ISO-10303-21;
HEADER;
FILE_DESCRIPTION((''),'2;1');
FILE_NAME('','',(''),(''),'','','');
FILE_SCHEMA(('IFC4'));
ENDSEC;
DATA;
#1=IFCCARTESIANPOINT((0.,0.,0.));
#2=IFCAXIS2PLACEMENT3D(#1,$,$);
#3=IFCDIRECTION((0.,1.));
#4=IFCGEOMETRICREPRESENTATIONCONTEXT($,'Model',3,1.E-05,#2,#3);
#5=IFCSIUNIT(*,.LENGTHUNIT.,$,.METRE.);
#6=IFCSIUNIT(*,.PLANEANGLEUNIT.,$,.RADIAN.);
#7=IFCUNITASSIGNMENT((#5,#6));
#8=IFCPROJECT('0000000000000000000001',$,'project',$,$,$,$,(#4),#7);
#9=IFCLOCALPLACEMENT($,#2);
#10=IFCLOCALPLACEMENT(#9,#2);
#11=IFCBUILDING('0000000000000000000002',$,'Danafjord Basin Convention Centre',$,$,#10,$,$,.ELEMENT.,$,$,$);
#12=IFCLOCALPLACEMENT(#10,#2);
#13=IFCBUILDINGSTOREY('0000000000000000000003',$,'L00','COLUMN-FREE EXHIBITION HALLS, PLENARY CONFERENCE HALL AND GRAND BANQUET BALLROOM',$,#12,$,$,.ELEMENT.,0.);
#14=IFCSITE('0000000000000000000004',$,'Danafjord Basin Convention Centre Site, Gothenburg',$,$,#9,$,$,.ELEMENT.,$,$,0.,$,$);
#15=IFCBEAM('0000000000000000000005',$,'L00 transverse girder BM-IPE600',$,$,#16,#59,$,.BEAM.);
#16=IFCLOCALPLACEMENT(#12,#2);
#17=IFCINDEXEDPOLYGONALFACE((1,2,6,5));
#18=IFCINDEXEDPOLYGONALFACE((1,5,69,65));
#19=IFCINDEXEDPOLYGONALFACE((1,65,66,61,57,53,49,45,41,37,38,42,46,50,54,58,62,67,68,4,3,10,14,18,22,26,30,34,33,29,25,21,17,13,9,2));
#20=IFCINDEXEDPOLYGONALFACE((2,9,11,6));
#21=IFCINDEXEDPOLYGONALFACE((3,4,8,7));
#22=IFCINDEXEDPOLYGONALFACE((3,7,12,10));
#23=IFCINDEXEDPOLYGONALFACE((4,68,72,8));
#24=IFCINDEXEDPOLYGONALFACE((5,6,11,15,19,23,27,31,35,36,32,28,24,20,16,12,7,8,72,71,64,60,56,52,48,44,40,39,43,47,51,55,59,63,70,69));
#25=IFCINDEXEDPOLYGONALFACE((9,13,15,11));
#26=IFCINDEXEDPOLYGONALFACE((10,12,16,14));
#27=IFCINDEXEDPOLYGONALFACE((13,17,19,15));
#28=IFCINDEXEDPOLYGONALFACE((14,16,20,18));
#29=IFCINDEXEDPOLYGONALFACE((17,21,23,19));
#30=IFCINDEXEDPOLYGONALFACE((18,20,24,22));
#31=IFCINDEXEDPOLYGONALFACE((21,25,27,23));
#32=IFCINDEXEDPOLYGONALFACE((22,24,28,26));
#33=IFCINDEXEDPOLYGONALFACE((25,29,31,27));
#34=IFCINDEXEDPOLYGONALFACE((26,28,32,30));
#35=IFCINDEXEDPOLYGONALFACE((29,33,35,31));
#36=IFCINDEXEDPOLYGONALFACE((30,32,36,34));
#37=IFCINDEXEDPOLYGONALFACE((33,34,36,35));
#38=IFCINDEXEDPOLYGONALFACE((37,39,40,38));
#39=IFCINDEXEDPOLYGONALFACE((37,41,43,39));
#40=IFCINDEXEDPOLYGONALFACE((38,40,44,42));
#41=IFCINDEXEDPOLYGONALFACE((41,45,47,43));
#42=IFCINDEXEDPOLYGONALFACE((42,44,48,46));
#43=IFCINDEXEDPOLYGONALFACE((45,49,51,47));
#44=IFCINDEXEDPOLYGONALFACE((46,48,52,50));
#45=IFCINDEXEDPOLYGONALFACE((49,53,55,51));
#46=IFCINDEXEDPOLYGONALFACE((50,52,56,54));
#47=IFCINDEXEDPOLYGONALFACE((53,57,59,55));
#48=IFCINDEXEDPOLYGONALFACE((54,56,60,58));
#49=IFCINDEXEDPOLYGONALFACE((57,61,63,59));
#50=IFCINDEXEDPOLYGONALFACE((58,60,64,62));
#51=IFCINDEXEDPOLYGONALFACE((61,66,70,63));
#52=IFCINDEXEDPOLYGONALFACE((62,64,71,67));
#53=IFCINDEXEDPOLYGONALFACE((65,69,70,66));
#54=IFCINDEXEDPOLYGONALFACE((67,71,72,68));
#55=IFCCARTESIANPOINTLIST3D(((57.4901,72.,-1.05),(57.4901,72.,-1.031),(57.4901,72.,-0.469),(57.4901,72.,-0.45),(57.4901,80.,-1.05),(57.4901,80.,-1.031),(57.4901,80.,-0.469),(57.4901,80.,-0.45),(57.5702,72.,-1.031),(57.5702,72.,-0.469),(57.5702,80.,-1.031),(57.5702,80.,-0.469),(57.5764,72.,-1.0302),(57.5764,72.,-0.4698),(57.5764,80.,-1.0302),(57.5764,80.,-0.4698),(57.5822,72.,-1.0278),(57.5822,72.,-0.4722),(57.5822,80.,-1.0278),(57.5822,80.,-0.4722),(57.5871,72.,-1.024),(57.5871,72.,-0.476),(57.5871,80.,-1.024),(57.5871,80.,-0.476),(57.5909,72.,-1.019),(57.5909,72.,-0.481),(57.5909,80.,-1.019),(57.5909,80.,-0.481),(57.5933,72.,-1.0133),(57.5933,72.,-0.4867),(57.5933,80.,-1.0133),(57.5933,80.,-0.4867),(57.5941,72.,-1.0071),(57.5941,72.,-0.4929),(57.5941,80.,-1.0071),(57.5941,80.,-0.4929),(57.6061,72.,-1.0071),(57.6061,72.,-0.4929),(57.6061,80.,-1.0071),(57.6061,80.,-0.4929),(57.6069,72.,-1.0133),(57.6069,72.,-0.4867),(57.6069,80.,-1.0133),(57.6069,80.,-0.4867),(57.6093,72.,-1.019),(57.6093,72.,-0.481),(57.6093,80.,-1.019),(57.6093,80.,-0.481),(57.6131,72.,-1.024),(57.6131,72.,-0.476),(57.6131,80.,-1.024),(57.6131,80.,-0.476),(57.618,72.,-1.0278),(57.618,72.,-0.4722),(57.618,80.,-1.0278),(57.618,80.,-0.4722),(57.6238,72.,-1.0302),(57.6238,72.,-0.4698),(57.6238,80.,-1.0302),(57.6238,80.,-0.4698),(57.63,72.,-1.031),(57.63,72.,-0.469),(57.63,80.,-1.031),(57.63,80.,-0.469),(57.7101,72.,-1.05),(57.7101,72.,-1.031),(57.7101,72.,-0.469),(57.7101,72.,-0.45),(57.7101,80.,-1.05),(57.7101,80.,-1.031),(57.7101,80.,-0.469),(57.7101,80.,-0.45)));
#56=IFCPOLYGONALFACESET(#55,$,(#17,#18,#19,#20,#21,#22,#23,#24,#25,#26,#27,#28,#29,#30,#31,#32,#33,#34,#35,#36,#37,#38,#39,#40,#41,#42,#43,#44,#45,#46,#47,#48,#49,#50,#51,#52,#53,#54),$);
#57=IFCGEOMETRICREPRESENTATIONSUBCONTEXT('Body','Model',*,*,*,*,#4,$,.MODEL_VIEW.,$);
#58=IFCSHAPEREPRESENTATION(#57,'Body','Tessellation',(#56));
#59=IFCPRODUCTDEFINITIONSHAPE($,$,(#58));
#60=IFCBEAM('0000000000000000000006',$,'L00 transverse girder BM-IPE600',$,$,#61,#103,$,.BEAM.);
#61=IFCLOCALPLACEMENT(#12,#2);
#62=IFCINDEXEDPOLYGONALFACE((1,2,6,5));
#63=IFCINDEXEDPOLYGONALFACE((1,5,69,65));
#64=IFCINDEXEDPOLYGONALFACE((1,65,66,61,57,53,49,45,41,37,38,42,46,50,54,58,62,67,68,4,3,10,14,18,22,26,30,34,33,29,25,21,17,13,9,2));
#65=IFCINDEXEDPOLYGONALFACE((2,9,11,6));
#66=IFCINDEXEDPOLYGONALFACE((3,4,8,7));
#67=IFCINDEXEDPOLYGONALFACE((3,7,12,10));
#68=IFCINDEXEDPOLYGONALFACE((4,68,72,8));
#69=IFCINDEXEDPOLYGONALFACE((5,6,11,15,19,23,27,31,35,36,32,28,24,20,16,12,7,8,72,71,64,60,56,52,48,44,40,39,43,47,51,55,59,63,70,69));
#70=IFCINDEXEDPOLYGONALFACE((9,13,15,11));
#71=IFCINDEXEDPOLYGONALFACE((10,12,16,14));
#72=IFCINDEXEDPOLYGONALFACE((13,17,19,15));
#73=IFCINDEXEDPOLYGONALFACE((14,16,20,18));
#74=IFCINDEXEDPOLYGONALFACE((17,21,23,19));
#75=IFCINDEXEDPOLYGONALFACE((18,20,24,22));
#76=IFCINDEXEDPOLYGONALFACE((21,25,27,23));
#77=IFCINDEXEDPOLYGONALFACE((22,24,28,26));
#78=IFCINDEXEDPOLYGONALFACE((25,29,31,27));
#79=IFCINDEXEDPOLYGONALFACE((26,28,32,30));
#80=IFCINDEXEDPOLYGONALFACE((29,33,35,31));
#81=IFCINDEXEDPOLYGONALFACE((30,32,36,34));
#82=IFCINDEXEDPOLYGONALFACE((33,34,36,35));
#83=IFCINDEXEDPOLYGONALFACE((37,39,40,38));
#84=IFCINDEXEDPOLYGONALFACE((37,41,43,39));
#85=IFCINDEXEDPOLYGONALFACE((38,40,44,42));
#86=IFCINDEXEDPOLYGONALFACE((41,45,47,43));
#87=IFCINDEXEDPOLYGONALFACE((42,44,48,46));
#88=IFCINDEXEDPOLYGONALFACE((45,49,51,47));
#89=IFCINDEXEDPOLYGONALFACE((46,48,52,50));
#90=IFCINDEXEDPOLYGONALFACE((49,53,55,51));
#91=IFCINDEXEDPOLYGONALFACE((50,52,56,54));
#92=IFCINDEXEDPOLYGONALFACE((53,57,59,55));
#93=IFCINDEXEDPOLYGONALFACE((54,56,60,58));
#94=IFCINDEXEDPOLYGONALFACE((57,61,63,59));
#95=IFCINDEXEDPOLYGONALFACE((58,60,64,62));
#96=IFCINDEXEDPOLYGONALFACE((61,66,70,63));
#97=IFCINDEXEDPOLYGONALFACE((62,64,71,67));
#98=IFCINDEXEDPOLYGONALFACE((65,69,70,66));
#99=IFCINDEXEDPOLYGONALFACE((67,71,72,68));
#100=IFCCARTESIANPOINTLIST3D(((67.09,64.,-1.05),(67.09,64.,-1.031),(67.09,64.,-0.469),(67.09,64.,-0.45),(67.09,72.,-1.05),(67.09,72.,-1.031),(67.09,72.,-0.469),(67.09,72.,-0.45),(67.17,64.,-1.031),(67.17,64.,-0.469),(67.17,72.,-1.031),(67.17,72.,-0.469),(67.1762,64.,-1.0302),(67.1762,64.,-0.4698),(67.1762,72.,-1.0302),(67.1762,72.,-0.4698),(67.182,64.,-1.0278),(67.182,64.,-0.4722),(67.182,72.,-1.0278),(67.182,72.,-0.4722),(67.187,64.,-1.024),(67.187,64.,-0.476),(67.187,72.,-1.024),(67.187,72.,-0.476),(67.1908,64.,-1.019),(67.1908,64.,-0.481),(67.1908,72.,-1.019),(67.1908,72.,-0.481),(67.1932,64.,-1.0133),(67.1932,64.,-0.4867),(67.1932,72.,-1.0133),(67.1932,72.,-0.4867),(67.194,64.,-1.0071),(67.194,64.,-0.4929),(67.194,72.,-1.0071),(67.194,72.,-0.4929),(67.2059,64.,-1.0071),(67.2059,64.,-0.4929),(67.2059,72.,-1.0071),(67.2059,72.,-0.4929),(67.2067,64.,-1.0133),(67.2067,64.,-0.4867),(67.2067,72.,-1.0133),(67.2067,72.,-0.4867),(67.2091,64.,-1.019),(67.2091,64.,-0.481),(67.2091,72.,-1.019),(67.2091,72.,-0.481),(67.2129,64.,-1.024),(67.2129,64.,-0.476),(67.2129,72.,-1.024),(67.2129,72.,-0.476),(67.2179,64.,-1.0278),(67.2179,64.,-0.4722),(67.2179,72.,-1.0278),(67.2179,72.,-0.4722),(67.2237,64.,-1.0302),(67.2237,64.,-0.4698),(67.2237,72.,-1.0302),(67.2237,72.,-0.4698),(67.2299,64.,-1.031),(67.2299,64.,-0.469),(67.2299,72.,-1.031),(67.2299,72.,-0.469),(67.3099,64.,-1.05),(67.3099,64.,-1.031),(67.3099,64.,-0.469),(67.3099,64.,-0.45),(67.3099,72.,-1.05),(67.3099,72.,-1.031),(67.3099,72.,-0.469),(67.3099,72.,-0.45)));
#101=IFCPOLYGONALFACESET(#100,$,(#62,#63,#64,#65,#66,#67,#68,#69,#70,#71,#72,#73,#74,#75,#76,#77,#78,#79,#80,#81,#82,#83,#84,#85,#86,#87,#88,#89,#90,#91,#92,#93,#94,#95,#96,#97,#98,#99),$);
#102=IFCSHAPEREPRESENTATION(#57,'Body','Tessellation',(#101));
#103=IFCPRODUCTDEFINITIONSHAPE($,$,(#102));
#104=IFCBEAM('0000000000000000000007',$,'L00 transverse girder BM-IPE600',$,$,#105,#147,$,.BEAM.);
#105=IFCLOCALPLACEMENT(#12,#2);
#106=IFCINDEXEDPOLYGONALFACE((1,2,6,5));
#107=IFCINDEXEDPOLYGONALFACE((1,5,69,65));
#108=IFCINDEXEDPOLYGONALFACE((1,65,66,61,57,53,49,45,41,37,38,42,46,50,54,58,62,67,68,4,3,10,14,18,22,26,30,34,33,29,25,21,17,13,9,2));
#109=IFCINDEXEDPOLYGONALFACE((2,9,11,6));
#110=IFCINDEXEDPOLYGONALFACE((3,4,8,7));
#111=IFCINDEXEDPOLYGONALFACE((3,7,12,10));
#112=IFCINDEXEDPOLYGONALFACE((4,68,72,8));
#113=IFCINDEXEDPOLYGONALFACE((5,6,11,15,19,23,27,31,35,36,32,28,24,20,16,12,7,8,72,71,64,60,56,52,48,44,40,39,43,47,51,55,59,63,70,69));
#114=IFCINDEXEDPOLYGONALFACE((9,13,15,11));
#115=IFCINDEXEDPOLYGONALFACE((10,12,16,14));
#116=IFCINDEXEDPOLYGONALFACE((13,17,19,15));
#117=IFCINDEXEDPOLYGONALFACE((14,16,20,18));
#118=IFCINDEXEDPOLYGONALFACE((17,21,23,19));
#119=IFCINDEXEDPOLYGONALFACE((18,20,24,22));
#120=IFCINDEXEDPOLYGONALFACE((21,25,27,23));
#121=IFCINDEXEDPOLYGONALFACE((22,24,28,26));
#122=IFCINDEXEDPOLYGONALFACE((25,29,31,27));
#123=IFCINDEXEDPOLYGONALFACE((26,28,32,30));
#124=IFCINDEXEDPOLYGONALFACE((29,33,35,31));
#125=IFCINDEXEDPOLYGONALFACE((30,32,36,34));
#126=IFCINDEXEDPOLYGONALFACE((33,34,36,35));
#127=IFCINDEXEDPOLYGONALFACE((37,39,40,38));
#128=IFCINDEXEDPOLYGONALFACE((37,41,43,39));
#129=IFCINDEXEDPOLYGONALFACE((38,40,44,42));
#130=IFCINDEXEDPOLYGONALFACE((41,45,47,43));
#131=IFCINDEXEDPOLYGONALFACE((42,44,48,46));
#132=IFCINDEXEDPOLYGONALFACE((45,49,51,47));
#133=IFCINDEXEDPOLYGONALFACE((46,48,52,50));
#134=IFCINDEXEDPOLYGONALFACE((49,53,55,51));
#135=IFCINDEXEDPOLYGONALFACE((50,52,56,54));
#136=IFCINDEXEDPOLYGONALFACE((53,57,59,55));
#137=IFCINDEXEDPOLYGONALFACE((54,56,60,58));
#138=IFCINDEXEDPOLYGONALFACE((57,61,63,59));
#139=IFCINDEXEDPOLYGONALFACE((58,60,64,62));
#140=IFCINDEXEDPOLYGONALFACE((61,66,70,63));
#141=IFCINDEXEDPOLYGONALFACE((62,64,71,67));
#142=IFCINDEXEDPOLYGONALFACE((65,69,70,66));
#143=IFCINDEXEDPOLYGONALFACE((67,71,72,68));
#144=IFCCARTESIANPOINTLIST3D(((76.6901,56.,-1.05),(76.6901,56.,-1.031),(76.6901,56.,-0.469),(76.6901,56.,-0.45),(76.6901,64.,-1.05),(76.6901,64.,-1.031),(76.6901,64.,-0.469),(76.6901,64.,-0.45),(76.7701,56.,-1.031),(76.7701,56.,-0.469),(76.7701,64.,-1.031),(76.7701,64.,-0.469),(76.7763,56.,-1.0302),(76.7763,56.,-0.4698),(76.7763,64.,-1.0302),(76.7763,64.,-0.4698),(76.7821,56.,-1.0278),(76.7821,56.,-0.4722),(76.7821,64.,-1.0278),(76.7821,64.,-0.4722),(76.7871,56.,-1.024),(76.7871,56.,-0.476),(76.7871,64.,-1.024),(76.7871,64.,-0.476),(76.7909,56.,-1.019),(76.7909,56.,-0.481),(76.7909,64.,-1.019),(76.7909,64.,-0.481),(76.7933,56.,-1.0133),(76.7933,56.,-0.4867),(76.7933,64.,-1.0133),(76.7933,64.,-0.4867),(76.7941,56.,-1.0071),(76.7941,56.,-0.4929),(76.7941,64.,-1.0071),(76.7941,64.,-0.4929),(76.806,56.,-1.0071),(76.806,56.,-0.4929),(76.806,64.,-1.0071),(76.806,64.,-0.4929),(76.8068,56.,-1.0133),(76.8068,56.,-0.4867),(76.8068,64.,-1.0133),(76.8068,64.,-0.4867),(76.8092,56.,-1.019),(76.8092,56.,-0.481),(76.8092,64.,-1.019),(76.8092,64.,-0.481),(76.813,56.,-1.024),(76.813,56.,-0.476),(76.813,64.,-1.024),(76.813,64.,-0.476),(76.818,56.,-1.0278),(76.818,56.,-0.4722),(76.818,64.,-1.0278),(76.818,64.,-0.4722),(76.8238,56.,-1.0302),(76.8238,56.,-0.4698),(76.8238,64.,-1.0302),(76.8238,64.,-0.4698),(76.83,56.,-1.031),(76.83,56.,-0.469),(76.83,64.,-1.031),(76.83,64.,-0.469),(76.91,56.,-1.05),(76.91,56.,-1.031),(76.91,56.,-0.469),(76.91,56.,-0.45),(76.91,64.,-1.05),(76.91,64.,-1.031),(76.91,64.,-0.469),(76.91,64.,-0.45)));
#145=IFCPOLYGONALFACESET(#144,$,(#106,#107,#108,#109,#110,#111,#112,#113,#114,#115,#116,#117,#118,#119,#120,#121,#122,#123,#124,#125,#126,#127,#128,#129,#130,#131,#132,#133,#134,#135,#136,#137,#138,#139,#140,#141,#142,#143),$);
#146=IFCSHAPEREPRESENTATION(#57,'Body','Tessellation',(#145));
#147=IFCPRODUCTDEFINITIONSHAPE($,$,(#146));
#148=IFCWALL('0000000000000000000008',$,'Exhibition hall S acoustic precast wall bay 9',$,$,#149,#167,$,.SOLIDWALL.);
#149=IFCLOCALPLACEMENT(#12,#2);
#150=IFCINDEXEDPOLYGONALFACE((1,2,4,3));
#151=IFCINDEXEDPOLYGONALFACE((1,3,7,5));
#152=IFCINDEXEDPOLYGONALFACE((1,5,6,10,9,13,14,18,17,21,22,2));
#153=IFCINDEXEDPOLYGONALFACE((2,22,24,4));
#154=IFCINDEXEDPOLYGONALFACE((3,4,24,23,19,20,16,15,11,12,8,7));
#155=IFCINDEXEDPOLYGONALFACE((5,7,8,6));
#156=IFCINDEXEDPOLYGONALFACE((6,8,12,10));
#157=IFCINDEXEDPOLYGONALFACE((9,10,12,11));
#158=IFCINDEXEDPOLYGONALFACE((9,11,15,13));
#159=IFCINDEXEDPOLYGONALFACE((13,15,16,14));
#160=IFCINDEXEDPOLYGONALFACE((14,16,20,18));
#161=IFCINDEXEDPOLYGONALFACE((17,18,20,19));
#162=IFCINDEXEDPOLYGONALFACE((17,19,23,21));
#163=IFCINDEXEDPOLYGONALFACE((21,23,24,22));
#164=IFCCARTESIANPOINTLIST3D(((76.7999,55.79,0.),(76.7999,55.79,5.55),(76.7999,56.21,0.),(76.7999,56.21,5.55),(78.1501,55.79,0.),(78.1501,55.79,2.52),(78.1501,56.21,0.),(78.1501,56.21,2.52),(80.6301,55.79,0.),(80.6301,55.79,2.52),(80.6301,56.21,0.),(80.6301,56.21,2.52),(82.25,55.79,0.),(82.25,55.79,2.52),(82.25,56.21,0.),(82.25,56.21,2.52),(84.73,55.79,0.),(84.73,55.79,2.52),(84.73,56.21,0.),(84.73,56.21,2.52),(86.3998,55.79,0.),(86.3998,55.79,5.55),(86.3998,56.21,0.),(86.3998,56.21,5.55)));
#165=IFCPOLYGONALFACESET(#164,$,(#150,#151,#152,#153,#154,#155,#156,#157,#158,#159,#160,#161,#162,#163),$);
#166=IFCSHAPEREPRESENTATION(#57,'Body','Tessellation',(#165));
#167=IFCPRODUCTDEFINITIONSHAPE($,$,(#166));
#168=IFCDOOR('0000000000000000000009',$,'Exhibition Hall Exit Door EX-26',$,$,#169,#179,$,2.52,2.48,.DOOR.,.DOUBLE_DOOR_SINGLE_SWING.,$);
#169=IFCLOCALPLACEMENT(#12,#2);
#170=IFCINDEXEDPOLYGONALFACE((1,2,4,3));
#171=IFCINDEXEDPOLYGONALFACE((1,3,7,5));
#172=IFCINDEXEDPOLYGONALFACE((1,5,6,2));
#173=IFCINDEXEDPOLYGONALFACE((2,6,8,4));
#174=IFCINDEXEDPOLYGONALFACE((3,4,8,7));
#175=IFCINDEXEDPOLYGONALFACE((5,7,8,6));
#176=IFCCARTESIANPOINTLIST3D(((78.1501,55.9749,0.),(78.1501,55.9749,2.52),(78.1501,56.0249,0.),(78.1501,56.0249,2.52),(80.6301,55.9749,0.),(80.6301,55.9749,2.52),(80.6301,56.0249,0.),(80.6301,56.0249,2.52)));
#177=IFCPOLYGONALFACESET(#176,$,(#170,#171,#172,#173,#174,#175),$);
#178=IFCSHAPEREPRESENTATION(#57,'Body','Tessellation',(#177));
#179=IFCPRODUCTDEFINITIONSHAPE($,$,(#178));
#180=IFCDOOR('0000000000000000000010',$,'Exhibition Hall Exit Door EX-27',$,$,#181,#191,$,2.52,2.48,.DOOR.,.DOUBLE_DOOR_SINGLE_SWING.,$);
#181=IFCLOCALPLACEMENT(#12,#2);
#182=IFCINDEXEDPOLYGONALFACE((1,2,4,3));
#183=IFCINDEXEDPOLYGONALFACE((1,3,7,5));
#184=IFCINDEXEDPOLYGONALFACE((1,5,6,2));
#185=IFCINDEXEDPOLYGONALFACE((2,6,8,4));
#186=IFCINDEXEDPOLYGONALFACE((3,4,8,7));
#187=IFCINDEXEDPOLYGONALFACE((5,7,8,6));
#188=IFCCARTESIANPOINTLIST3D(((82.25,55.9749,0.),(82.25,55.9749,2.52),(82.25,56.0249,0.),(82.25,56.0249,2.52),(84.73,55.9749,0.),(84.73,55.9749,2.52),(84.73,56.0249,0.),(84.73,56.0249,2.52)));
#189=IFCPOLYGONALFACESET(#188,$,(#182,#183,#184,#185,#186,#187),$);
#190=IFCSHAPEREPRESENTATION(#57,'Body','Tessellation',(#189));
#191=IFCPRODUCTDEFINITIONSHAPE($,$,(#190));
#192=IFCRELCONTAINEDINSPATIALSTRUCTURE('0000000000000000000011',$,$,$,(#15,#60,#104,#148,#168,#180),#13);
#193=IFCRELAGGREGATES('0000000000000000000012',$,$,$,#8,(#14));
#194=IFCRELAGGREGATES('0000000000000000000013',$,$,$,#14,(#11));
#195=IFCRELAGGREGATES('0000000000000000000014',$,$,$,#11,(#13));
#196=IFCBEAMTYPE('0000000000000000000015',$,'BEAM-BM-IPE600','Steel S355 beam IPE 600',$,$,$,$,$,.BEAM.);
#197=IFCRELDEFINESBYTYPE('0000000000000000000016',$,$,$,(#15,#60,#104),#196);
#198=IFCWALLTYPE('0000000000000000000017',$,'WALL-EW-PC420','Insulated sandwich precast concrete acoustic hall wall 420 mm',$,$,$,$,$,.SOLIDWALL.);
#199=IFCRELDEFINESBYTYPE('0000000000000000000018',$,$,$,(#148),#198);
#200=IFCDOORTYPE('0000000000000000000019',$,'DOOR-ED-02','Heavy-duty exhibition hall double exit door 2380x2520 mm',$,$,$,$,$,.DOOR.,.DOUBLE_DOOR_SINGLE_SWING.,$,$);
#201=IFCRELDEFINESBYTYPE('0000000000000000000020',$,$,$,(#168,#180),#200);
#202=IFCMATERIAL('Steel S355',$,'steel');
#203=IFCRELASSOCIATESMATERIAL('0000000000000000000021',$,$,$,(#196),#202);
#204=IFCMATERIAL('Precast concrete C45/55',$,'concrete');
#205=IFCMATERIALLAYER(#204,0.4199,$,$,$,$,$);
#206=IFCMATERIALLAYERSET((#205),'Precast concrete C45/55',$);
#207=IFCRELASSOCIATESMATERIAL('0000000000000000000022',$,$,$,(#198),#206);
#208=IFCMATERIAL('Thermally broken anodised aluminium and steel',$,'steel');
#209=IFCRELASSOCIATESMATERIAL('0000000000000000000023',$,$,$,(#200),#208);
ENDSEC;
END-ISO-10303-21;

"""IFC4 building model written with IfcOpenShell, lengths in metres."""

from ifc_helpers import new_model, si_unit, direction, frame, frame_2d, origin, origin_2d, place, context, subcontext, project, spatial, rectangle, i_section, extrude, material, layer, layer_set, material_profile, profile_set, type_object, element, fill, save


model = new_model("IFC4")

# Units and contexts
model_context = context("Model", 3, precision=1e-05, world=origin(), true_north=direction((0.0, 1.0)))
body_context = subcontext(model_context, "Body", "Model", "MODEL_VIEW")
ifc_project = project(units=[si_unit("LENGTHUNIT", "METRE"), si_unit("PLANEANGLEUNIT", "RADIAN")], contexts=[model_context])

# Site, building, storey
site_placement = place(None, origin())
site = spatial("IfcSite", under=ifc_project, at=site_placement, Name="Danafjord Basin Convention Centre Site, Gothenburg", CompositionType="ELEMENT", RefElevation=0.0)
building_placement = place(site_placement, origin())
building = spatial("IfcBuilding", under=site, at=building_placement, Name="Danafjord Basin Convention Centre", CompositionType="ELEMENT")
storey_placement = place(building_placement, origin())
storey = spatial("IfcBuildingStorey", under=building, at=storey_placement, Name="L00", Description="COLUMN-FREE EXHIBITION HALLS, PLENARY CONFERENCE HALL AND GRAND BANQUET BALLROOM", CompositionType="ELEMENT", Elevation=0.0)

# Beams
ifc_material_1 = material(Name="Steel S355", Category="steel")
ifc_material_profile_1 = material_profile(ifc_material_1, i_section(OverallWidth=0.22, OverallDepth=0.6001, WebThickness=0.012, FlangeThickness=0.019, FilletRadius=0.0239, at=origin_2d()), Name="IPE 600")
ifc_profile_set_1 = profile_set([ifc_material_profile_1], Name="Steel S355")
beam_type_1 = type_object("IfcBeamType", Name="BEAM-BM-IPE600", Description="Steel S355 beam IPE 600", PredefinedType="BEAM", material=ifc_profile_set_1)
for number, where, z_axis, x_axis, name in (
    (1, (57.6001, 72.0, -0.75), (0.0, 1.0, 0.0), (-1.0, 0.0, 0.0), "L00 transverse girder BM-IPE600"),
    (2, (67.2, 64.0, -0.75), (0.0, 1.0, 0.0), (-1.0, 0.0, 0.0), "L00 transverse girder BM-IPE600"),
    (3, (76.8, 56.0, -0.75), (0.0, 1.0, 0.0), (-1.0, 0.0, 0.0), "L00 transverse girder BM-IPE600"),
):
    element("IfcBeam", number, at=place(storey_placement, frame(where, z_axis=z_axis, x_axis=x_axis)), inside=storey, type_object=beam_type_1, Name=name, PredefinedType="BEAM", context=body_context, shape_type="SweptSolid", body=[
        extrude(i_section(OverallWidth=0.22, OverallDepth=0.6001, WebThickness=0.012, FlangeThickness=0.019, FilletRadius=0.0239, at=origin_2d()), origin(), (0.0, 0.0, 1.0), 8.0),
    ])

# Wall, openings, doors
ifc_material_2 = material(Name="Precast concrete C45/55", Category="concrete")
ifc_layer = layer(ifc_material_2, 0.4199)
ifc_layer_set = layer_set([ifc_layer], Name="Precast concrete C45/55")
wall_type = type_object("IfcWallType", Name="WALL-EW-PC420", Description="Insulated sandwich precast concrete acoustic hall wall 420 mm", PredefinedType="SOLIDWALL", material=ifc_layer_set)
wall_placement = place(storey_placement, frame((76.8, 56.0, 0.0), z_axis=(0.0, 0.0, 1.0), x_axis=(1.0, 0.0, 0.0)))
wall = element("IfcWall", 4, at=wall_placement, inside=storey, type_object=wall_type, Name="Exhibition hall S acoustic precast wall bay 9", PredefinedType="SOLIDWALL", context=body_context, shape_type="SweptSolid", body=[
    extrude(rectangle(XDim=9.5999, YDim=0.4199, at=frame_2d((4.7998, 0.0))), origin(), (0.0, 0.0, 1.0), 5.55),
])
opening_1_placement = place(wall_placement, frame((1.3501, 0.0, 0.0)))
opening_1 = element("IfcOpeningElement", 5, at=opening_1_placement, cuts=wall, PredefinedType="OPENING", context=body_context, shape_type="SweptSolid", body=[
    extrude(rectangle(XDim=2.48, YDim=2.52, at=frame_2d((1.24, 1.26))), frame((0.0, 0.22, 0.0), z_axis=(0.0, -1.0, 0.0), x_axis=(1.0, 0.0, 0.0)), (0.0, 0.0, 1.0), 0.4399),
])
opening_2_placement = place(wall_placement, frame((5.45, 0.0, 0.0)))
opening_2 = element("IfcOpeningElement", 6, at=opening_2_placement, cuts=wall, PredefinedType="OPENING", context=body_context, shape_type="SweptSolid", body=[
    extrude(rectangle(XDim=2.48, YDim=2.52, at=frame_2d((1.24, 1.26))), frame((0.0, 0.22, 0.0), z_axis=(0.0, -1.0, 0.0), x_axis=(1.0, 0.0, 0.0)), (0.0, 0.0, 1.0), 0.4399),
])
ifc_material_3 = material(Name="Thermally broken anodised aluminium and steel", Category="steel")
door_type = type_object("IfcDoorType", Name="DOOR-ED-02", Description="Heavy-duty exhibition hall double exit door 2380x2520 mm", OperationType="DOUBLE_DOOR_SINGLE_SWING", PredefinedType="DOOR", material=ifc_material_3)
door_1_placement = place(opening_1_placement, origin())
door_1 = element("IfcDoor", 7, at=door_1_placement, inside=storey, type_object=door_type, Name="Exhibition Hall Exit Door EX-26", OperationType="DOUBLE_DOOR_SINGLE_SWING", OverallHeight=2.52, OverallWidth=2.48, PredefinedType="DOOR", context=body_context, shape_type="SweptSolid", body=[
    extrude(rectangle(XDim=2.48, YDim=2.52, at=frame_2d((1.24, 1.26))), frame((0.0, 0.0249, 0.0), z_axis=(0.0, -1.0, 0.0), x_axis=(1.0, 0.0, 0.0)), (0.0, 0.0, 1.0), 0.05),
])
fill(opening_1, door_1)
door_2_placement = place(opening_2_placement, origin())
door_2 = element("IfcDoor", 8, at=door_2_placement, inside=storey, type_object=door_type, Name="Exhibition Hall Exit Door EX-27", OperationType="DOUBLE_DOOR_SINGLE_SWING", OverallHeight=2.52, OverallWidth=2.48, PredefinedType="DOOR", context=body_context, shape_type="SweptSolid", body=[
    extrude(rectangle(XDim=2.48, YDim=2.52, at=frame_2d((1.24, 1.26))), frame((0.0, 0.0249, 0.0), z_axis=(0.0, -1.0, 0.0), x_axis=(1.0, 0.0, 0.0)), (0.0, 0.0, 1.0), 0.05),
])
fill(opening_2, door_2)

save(model, "model.ifc")
